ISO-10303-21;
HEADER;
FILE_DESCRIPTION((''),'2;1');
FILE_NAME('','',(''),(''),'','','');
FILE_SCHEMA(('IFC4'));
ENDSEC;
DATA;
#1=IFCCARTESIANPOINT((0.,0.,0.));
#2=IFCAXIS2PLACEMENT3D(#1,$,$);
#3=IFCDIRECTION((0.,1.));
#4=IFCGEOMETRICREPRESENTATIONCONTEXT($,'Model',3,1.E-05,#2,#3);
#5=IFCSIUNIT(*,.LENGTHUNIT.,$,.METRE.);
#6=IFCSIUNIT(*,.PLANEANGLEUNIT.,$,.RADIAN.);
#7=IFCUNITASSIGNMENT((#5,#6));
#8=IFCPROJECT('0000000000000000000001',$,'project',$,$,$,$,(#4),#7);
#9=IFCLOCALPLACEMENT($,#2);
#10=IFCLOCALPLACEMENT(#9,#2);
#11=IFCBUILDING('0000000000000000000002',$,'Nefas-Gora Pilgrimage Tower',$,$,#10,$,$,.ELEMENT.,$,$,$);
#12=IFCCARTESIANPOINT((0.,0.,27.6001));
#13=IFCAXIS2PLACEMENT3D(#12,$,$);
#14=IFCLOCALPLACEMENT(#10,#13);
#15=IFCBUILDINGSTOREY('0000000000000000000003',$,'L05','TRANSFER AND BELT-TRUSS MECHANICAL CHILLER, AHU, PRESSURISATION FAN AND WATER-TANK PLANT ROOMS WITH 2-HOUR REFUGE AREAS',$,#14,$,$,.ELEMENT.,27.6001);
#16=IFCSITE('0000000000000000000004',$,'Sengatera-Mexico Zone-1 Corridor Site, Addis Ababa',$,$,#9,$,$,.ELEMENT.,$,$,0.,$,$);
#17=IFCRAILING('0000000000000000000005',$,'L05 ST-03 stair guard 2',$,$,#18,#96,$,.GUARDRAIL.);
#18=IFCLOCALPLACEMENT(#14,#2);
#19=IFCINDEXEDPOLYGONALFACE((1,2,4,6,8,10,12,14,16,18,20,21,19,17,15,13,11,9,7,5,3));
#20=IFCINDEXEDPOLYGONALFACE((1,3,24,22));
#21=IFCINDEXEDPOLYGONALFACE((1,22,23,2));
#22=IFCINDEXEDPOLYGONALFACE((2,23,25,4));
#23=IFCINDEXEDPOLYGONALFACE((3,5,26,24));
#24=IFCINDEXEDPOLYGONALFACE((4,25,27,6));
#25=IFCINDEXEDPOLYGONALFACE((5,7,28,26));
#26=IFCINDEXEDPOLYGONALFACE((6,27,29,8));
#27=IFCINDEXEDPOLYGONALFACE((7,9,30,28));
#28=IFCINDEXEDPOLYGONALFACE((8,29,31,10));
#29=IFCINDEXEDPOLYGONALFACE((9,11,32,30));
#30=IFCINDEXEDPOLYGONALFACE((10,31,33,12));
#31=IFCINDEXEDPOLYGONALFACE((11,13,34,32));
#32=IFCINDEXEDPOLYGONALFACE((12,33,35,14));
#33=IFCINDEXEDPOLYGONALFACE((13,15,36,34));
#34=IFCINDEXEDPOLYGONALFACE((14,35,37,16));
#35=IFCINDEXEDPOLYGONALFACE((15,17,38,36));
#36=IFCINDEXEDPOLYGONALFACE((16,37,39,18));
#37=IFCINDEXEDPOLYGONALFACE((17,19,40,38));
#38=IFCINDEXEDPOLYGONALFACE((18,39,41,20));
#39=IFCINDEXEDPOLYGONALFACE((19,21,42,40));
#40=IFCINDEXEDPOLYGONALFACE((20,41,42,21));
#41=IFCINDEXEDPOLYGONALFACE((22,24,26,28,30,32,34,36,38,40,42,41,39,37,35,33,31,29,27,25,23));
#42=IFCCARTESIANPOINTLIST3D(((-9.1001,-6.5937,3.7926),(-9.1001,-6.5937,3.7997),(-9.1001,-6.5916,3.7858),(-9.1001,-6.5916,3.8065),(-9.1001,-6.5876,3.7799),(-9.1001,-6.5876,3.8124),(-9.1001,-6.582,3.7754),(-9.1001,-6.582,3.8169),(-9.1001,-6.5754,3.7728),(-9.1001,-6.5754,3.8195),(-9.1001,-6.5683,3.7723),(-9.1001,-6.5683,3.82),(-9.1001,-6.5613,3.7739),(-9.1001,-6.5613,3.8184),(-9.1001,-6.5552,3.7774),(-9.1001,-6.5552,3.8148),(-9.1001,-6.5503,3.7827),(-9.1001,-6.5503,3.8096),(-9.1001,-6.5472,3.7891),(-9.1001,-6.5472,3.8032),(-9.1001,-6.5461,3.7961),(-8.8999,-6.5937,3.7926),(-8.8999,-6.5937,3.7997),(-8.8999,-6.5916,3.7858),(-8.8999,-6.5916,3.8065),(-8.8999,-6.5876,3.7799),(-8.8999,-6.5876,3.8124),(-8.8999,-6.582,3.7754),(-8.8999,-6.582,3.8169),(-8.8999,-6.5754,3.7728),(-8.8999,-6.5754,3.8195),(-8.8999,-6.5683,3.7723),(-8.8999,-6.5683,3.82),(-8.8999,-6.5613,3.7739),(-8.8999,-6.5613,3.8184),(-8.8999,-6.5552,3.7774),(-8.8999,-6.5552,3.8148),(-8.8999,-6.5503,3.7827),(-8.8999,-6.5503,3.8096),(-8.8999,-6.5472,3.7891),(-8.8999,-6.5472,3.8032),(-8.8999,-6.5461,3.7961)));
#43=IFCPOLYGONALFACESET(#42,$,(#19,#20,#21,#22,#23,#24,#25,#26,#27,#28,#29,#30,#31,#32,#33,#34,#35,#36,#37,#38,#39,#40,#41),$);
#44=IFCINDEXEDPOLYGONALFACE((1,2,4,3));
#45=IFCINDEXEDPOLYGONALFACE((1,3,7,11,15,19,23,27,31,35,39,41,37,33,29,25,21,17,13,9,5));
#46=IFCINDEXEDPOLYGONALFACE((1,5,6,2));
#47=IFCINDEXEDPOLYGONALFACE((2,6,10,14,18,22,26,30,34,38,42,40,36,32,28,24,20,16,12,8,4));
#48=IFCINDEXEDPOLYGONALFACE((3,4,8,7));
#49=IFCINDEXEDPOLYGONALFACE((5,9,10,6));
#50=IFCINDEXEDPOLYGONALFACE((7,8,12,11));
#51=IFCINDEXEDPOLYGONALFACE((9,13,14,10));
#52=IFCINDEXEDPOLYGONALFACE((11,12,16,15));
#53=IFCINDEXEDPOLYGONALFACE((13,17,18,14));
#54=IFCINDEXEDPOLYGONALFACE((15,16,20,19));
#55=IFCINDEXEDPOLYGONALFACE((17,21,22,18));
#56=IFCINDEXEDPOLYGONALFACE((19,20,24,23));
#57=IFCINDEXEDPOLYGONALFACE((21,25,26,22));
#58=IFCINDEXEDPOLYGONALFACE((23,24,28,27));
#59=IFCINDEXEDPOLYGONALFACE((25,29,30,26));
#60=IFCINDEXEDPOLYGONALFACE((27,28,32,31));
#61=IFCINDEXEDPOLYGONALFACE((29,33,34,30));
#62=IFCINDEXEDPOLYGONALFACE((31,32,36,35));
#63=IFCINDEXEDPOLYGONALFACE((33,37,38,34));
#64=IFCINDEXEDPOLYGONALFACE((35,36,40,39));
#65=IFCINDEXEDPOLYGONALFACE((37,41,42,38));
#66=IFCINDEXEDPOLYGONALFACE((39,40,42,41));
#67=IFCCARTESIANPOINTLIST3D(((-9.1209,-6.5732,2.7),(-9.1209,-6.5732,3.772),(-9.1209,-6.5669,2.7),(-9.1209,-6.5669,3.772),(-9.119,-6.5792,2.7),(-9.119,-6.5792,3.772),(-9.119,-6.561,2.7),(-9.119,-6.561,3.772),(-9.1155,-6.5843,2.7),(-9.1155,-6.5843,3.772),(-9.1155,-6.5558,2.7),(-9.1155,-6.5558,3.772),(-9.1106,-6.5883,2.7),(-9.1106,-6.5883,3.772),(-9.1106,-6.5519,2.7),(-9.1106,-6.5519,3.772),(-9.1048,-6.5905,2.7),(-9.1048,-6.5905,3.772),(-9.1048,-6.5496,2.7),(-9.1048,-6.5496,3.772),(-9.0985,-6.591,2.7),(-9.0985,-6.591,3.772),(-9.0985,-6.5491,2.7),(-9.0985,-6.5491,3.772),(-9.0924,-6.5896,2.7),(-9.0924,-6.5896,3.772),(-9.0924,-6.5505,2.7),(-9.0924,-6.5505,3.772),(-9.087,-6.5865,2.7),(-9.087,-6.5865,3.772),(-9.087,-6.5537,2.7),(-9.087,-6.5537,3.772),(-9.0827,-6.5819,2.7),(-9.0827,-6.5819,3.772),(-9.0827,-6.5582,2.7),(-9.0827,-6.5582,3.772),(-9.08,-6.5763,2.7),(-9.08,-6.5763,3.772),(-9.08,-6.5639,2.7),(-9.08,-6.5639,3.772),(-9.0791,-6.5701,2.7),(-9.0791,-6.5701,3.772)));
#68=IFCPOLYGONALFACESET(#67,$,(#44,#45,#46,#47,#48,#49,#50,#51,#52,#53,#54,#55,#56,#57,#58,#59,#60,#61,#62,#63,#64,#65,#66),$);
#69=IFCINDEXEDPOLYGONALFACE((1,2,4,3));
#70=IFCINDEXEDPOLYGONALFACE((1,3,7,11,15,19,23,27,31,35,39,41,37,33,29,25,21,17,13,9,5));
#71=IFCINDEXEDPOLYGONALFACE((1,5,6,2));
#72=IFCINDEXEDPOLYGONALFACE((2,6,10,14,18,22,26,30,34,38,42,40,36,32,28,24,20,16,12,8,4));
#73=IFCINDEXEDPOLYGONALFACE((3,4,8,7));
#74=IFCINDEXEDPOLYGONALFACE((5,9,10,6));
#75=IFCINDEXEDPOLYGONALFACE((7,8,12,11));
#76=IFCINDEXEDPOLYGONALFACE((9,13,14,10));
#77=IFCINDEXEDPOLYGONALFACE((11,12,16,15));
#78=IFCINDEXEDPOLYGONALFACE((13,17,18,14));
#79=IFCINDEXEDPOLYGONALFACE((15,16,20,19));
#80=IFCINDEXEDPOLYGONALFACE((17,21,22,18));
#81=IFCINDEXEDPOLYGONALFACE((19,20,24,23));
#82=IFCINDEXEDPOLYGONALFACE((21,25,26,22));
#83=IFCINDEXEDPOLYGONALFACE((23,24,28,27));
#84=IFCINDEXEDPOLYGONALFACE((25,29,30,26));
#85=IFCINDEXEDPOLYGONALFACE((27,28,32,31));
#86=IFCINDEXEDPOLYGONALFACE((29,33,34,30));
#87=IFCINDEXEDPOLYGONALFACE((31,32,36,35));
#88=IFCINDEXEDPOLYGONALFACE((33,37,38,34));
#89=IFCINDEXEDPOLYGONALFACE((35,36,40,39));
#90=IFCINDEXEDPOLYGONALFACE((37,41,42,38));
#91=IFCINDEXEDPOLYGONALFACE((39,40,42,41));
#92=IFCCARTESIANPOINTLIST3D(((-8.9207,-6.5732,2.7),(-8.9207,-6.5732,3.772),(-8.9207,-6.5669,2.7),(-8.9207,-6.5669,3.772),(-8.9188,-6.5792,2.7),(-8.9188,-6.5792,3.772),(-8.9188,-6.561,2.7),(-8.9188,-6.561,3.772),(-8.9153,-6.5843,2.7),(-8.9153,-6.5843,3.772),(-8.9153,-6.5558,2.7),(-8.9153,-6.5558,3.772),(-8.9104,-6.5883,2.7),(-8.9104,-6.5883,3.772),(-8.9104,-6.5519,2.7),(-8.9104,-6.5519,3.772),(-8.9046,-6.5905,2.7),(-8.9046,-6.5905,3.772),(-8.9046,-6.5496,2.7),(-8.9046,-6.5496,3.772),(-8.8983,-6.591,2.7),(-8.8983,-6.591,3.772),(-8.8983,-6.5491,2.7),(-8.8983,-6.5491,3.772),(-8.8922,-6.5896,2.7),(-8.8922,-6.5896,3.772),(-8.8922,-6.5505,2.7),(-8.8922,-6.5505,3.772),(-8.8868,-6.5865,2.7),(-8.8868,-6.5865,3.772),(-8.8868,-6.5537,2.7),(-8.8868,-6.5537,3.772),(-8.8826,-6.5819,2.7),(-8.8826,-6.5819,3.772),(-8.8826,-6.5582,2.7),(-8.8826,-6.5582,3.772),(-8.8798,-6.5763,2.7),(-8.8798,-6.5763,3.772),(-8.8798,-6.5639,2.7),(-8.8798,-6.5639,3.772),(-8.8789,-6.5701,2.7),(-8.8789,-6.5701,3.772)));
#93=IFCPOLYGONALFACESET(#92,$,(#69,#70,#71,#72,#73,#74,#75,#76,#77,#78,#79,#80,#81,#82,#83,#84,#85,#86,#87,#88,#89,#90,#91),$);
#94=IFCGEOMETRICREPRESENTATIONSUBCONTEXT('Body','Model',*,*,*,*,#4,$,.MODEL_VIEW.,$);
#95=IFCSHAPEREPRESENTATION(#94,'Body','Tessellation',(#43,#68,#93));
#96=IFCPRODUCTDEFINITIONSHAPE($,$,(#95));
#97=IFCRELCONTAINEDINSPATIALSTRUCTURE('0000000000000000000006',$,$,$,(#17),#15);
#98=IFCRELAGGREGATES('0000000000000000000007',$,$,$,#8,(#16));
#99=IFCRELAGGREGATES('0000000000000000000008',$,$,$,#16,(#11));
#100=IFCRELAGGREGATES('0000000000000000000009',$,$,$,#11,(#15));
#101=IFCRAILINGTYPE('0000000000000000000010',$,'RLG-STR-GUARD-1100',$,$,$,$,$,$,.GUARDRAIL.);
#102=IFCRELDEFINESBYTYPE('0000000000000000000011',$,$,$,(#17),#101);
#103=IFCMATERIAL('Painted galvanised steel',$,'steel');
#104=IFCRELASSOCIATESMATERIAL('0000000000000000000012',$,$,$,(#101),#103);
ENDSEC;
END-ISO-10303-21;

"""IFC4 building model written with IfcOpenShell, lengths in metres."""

from ifc_helpers import new_model, si_unit, direction, frame, origin, origin_2d, place, context, subcontext, project, spatial, circle, extrude, material, type_object, element, save


model = new_model("IFC4")

# Units and contexts
model_context = context("Model", 3, precision=1e-05, world=origin(), true_north=direction((0.0, 1.0)))
body_context = subcontext(model_context, "Body", "Model", "MODEL_VIEW")
ifc_project = project(units=[si_unit("LENGTHUNIT", "METRE"), si_unit("PLANEANGLEUNIT", "RADIAN")], contexts=[model_context])

# Site, building, storey
site_placement = place(None, origin())
site = spatial("IfcSite", under=ifc_project, at=site_placement, Name="Sengatera-Mexico Zone-1 Corridor Site, Addis Ababa", CompositionType="ELEMENT", RefElevation=0.0)
building_placement = place(site_placement, origin())
building = spatial("IfcBuilding", under=site, at=building_placement, Name="Nefas-Gora Pilgrimage Tower", CompositionType="ELEMENT")
storey_placement = place(building_placement, frame((0.0, 0.0, 27.6001)))
storey = spatial("IfcBuildingStorey", under=building, at=storey_placement, Name="L05", Description="TRANSFER AND BELT-TRUSS MECHANICAL CHILLER, AHU, PRESSURISATION FAN AND WATER-TANK PLANT ROOMS WITH 2-HOUR REFUGE AREAS", CompositionType="ELEMENT", Elevation=27.6001)

# Railing
ifc_material_1 = material(Name="Painted galvanised steel", Category="steel")
railing_type_1 = type_object("IfcRailingType", Name="RLG-STR-GUARD-1100", PredefinedType="GUARDRAIL", material=ifc_material_1)
railing_1_placement = place(storey_placement, frame((-9.1001, -6.5701, 2.7)))
element("IfcRailing", 1, at=railing_1_placement, inside=storey, type_object=railing_type_1, Name="L05 ST-03 stair guard 2", PredefinedType="GUARDRAIL", context=body_context, shape_type="SweptSolid", body=[
    extrude(circle(Radius=0.0239, at=origin_2d()), frame((0.0, 0.0, 1.0962), z_axis=(1.0, 0.0, 0.0), x_axis=(0.0, 1.0, 0.0)), (0.0, 0.0, 1.0), 0.2002),
    extrude(circle(Radius=0.021, at=origin_2d()), origin(), (0.0, 0.0, 1.0), 1.072),
    extrude(circle(Radius=0.021, at=origin_2d()), frame((0.2002, 0.0, 0.0)), (0.0, 0.0, 1.0), 1.072),
])

save(model, "model.ifc")
